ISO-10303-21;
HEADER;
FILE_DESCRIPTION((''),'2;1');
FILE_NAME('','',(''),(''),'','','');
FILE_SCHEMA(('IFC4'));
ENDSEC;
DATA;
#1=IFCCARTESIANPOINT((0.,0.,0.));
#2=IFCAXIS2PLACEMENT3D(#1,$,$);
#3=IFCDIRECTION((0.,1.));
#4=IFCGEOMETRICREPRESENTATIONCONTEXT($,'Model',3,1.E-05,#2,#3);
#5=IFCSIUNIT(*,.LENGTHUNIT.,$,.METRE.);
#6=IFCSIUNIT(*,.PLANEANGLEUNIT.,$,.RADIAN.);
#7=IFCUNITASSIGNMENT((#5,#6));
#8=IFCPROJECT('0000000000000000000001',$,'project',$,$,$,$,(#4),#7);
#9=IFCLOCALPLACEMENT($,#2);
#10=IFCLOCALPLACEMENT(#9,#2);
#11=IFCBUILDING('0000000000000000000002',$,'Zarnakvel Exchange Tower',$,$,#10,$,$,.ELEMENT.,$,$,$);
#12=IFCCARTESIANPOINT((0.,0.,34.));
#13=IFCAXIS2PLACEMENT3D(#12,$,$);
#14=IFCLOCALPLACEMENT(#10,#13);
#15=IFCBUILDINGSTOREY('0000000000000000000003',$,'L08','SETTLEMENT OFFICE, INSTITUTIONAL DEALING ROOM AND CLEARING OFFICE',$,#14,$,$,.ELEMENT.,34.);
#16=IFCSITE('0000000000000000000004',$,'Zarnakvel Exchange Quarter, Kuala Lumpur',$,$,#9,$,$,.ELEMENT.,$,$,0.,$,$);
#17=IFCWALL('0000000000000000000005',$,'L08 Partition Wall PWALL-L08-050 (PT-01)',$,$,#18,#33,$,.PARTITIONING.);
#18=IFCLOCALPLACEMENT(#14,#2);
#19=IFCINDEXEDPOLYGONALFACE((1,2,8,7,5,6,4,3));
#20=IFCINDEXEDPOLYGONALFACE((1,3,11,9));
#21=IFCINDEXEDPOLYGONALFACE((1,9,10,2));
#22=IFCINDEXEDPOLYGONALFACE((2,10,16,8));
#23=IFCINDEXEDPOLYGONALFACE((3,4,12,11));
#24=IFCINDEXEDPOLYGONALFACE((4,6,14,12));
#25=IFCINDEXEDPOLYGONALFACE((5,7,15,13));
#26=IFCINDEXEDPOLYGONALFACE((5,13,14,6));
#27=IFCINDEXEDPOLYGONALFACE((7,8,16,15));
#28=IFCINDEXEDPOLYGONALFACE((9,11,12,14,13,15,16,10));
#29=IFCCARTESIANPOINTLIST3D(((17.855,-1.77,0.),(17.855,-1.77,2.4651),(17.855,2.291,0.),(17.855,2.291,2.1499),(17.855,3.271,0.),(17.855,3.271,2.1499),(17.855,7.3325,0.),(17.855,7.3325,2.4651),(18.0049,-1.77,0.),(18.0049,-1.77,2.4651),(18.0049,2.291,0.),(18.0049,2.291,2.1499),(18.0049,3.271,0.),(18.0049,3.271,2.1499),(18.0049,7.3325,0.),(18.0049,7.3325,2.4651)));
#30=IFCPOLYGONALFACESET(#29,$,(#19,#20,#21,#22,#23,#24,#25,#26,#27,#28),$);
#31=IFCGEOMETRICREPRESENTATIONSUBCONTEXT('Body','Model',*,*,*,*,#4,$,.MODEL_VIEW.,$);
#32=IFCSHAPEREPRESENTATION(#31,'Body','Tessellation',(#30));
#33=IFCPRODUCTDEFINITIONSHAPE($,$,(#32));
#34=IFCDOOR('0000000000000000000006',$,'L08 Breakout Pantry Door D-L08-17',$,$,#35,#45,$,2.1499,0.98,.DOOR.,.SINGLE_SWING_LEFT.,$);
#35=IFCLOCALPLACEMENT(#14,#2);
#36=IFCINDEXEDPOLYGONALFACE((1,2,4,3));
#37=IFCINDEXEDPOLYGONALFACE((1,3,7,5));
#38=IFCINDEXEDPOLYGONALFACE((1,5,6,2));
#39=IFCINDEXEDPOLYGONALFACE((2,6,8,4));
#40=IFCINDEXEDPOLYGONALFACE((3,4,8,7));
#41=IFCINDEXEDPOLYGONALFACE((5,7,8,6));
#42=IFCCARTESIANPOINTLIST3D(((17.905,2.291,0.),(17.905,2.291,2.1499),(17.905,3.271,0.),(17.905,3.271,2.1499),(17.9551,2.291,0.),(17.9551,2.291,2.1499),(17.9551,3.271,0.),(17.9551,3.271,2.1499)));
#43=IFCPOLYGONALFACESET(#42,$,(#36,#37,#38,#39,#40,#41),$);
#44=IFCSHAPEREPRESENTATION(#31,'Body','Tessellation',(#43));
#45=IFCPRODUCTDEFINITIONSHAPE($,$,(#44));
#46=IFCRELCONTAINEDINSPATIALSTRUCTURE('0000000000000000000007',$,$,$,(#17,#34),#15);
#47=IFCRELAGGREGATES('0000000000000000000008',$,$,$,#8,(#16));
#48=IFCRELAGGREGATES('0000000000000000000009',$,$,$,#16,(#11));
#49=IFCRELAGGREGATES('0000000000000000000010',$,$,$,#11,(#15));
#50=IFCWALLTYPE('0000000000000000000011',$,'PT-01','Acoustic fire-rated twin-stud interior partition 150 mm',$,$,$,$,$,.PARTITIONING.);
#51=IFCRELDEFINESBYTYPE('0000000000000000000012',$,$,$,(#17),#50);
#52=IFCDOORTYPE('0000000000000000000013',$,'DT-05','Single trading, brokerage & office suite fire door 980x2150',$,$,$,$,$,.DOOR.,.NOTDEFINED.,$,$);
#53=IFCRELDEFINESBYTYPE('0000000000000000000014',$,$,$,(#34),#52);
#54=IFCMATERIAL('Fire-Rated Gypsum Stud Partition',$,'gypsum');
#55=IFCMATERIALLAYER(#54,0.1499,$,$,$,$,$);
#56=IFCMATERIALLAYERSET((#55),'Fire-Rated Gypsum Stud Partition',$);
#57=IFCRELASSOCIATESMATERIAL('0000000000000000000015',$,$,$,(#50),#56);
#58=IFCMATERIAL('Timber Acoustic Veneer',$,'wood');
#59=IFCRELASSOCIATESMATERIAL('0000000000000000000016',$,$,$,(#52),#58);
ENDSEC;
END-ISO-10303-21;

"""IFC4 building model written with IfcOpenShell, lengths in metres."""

from ifc_helpers import new_model, si_unit, direction, frame, frame_2d, origin, place, context, subcontext, project, spatial, rectangle, extrude, source, transform, mapped, material, layer, layer_set, type_object, element, fill, save


model = new_model("IFC4")

# Units and contexts
model_context = context("Model", 3, precision=1e-05, world=origin(), true_north=direction((0.0, 1.0)))
body_context = subcontext(model_context, "Body", "Model", "MODEL_VIEW")
ifc_project = project(units=[si_unit("LENGTHUNIT", "METRE"), si_unit("PLANEANGLEUNIT", "RADIAN")], contexts=[model_context])

# Site, building, storey
site_placement = place(None, origin())
site = spatial("IfcSite", under=ifc_project, at=site_placement, Name="Zarnakvel Exchange Quarter, Kuala Lumpur", CompositionType="ELEMENT", RefElevation=0.0)
building_placement = place(site_placement, origin())
building = spatial("IfcBuilding", under=site, at=building_placement, Name="Zarnakvel Exchange Tower", CompositionType="ELEMENT")
storey_placement = place(building_placement, frame((0.0, 0.0, 34.0)))
storey = spatial("IfcBuildingStorey", under=building, at=storey_placement, Name="L08", Description="SETTLEMENT OFFICE, INSTITUTIONAL DEALING ROOM AND CLEARING OFFICE", CompositionType="ELEMENT", Elevation=34.0)

# Shared definitions
ifc_material_1 = material(Name="Fire-Rated Gypsum Stud Partition", Category="gypsum")
ifc_layer_1 = layer(ifc_material_1, 0.1499)
ifc_layer_set_1 = layer_set([ifc_layer_1], Name="Fire-Rated Gypsum Stud Partition")
wall_type_1 = type_object("IfcWallType", Name="PT-01", Description="Acoustic fire-rated twin-stud interior partition 150 mm", PredefinedType="PARTITIONING", material=ifc_layer_set_1)

# Shared definitions
ifc_material_2 = material(Name="Timber Acoustic Veneer", Category="wood")
door_type = type_object("IfcDoorType", Name="DT-05", Description="Single trading, brokerage & office suite fire door 980x2150", OperationType="NOTDEFINED", PredefinedType="DOOR", material=ifc_material_2)
shared_shape_1 = source(origin(), body_context, "Body", "SweptSolid", [
    extrude(rectangle(XDim=0.98, YDim=2.1499, at=frame_2d((0.49, 1.075))), frame((0.0, 0.0249, 0.0), z_axis=(0.0, -1.0, 0.0), x_axis=(1.0, 0.0, 0.0)), (0.0, 0.0, 1.0), 0.05),
])

# Wall, opening, door
wall_1_placement = place(storey_placement, frame((17.9299, -1.77, 0.0), z_axis=(0.0, 0.0, 1.0), x_axis=(0.0, 1.0, 0.0)))
wall_1 = element("IfcWall", 1, at=wall_1_placement, inside=storey, type_object=wall_type_1, Name="L08 Partition Wall PWALL-L08-050 (PT-01)", PredefinedType="PARTITIONING", context=body_context, shape_type="SweptSolid", body=[
    extrude(rectangle(XDim=9.1025, YDim=0.1499, at=frame_2d((4.5513, 0.0))), origin(), (0.0, 0.0, 1.0), 2.4651),
])
opening_1_placement = place(wall_1_placement, frame((4.061, 0.0, 0.0)))
opening_1 = element("IfcOpeningElement", 2, at=opening_1_placement, cuts=wall_1, PredefinedType="OPENING", context=body_context, shape_type="SweptSolid", body=[
    extrude(rectangle(XDim=0.98, YDim=2.1499, at=frame_2d((0.49, 1.075))), frame((0.0, 0.085, 0.0), z_axis=(0.0, -1.0, 0.0), x_axis=(1.0, 0.0, 0.0)), (0.0, 0.0, 1.0), 0.1699),
])
door_1_placement = place(opening_1_placement, origin())
door_1 = element("IfcDoor", 3, at=door_1_placement, inside=storey, type_object=door_type, Name="L08 Breakout Pantry Door D-L08-17", OperationType="SINGLE_SWING_LEFT", OverallHeight=2.1499, OverallWidth=0.98, PredefinedType="DOOR", context=body_context, shape_type="MappedRepresentation", body=[
    mapped(shared_shape_1, transform((0.0, 0.0, 0.0), x_axis=(1.0, 0.0, 0.0), y_axis=(0.0, 1.0, 0.0), z_axis=(0.0, 0.0, 1.0), scale=1.0)),
])
fill(opening_1, door_1)

save(model, "model.ifc")
